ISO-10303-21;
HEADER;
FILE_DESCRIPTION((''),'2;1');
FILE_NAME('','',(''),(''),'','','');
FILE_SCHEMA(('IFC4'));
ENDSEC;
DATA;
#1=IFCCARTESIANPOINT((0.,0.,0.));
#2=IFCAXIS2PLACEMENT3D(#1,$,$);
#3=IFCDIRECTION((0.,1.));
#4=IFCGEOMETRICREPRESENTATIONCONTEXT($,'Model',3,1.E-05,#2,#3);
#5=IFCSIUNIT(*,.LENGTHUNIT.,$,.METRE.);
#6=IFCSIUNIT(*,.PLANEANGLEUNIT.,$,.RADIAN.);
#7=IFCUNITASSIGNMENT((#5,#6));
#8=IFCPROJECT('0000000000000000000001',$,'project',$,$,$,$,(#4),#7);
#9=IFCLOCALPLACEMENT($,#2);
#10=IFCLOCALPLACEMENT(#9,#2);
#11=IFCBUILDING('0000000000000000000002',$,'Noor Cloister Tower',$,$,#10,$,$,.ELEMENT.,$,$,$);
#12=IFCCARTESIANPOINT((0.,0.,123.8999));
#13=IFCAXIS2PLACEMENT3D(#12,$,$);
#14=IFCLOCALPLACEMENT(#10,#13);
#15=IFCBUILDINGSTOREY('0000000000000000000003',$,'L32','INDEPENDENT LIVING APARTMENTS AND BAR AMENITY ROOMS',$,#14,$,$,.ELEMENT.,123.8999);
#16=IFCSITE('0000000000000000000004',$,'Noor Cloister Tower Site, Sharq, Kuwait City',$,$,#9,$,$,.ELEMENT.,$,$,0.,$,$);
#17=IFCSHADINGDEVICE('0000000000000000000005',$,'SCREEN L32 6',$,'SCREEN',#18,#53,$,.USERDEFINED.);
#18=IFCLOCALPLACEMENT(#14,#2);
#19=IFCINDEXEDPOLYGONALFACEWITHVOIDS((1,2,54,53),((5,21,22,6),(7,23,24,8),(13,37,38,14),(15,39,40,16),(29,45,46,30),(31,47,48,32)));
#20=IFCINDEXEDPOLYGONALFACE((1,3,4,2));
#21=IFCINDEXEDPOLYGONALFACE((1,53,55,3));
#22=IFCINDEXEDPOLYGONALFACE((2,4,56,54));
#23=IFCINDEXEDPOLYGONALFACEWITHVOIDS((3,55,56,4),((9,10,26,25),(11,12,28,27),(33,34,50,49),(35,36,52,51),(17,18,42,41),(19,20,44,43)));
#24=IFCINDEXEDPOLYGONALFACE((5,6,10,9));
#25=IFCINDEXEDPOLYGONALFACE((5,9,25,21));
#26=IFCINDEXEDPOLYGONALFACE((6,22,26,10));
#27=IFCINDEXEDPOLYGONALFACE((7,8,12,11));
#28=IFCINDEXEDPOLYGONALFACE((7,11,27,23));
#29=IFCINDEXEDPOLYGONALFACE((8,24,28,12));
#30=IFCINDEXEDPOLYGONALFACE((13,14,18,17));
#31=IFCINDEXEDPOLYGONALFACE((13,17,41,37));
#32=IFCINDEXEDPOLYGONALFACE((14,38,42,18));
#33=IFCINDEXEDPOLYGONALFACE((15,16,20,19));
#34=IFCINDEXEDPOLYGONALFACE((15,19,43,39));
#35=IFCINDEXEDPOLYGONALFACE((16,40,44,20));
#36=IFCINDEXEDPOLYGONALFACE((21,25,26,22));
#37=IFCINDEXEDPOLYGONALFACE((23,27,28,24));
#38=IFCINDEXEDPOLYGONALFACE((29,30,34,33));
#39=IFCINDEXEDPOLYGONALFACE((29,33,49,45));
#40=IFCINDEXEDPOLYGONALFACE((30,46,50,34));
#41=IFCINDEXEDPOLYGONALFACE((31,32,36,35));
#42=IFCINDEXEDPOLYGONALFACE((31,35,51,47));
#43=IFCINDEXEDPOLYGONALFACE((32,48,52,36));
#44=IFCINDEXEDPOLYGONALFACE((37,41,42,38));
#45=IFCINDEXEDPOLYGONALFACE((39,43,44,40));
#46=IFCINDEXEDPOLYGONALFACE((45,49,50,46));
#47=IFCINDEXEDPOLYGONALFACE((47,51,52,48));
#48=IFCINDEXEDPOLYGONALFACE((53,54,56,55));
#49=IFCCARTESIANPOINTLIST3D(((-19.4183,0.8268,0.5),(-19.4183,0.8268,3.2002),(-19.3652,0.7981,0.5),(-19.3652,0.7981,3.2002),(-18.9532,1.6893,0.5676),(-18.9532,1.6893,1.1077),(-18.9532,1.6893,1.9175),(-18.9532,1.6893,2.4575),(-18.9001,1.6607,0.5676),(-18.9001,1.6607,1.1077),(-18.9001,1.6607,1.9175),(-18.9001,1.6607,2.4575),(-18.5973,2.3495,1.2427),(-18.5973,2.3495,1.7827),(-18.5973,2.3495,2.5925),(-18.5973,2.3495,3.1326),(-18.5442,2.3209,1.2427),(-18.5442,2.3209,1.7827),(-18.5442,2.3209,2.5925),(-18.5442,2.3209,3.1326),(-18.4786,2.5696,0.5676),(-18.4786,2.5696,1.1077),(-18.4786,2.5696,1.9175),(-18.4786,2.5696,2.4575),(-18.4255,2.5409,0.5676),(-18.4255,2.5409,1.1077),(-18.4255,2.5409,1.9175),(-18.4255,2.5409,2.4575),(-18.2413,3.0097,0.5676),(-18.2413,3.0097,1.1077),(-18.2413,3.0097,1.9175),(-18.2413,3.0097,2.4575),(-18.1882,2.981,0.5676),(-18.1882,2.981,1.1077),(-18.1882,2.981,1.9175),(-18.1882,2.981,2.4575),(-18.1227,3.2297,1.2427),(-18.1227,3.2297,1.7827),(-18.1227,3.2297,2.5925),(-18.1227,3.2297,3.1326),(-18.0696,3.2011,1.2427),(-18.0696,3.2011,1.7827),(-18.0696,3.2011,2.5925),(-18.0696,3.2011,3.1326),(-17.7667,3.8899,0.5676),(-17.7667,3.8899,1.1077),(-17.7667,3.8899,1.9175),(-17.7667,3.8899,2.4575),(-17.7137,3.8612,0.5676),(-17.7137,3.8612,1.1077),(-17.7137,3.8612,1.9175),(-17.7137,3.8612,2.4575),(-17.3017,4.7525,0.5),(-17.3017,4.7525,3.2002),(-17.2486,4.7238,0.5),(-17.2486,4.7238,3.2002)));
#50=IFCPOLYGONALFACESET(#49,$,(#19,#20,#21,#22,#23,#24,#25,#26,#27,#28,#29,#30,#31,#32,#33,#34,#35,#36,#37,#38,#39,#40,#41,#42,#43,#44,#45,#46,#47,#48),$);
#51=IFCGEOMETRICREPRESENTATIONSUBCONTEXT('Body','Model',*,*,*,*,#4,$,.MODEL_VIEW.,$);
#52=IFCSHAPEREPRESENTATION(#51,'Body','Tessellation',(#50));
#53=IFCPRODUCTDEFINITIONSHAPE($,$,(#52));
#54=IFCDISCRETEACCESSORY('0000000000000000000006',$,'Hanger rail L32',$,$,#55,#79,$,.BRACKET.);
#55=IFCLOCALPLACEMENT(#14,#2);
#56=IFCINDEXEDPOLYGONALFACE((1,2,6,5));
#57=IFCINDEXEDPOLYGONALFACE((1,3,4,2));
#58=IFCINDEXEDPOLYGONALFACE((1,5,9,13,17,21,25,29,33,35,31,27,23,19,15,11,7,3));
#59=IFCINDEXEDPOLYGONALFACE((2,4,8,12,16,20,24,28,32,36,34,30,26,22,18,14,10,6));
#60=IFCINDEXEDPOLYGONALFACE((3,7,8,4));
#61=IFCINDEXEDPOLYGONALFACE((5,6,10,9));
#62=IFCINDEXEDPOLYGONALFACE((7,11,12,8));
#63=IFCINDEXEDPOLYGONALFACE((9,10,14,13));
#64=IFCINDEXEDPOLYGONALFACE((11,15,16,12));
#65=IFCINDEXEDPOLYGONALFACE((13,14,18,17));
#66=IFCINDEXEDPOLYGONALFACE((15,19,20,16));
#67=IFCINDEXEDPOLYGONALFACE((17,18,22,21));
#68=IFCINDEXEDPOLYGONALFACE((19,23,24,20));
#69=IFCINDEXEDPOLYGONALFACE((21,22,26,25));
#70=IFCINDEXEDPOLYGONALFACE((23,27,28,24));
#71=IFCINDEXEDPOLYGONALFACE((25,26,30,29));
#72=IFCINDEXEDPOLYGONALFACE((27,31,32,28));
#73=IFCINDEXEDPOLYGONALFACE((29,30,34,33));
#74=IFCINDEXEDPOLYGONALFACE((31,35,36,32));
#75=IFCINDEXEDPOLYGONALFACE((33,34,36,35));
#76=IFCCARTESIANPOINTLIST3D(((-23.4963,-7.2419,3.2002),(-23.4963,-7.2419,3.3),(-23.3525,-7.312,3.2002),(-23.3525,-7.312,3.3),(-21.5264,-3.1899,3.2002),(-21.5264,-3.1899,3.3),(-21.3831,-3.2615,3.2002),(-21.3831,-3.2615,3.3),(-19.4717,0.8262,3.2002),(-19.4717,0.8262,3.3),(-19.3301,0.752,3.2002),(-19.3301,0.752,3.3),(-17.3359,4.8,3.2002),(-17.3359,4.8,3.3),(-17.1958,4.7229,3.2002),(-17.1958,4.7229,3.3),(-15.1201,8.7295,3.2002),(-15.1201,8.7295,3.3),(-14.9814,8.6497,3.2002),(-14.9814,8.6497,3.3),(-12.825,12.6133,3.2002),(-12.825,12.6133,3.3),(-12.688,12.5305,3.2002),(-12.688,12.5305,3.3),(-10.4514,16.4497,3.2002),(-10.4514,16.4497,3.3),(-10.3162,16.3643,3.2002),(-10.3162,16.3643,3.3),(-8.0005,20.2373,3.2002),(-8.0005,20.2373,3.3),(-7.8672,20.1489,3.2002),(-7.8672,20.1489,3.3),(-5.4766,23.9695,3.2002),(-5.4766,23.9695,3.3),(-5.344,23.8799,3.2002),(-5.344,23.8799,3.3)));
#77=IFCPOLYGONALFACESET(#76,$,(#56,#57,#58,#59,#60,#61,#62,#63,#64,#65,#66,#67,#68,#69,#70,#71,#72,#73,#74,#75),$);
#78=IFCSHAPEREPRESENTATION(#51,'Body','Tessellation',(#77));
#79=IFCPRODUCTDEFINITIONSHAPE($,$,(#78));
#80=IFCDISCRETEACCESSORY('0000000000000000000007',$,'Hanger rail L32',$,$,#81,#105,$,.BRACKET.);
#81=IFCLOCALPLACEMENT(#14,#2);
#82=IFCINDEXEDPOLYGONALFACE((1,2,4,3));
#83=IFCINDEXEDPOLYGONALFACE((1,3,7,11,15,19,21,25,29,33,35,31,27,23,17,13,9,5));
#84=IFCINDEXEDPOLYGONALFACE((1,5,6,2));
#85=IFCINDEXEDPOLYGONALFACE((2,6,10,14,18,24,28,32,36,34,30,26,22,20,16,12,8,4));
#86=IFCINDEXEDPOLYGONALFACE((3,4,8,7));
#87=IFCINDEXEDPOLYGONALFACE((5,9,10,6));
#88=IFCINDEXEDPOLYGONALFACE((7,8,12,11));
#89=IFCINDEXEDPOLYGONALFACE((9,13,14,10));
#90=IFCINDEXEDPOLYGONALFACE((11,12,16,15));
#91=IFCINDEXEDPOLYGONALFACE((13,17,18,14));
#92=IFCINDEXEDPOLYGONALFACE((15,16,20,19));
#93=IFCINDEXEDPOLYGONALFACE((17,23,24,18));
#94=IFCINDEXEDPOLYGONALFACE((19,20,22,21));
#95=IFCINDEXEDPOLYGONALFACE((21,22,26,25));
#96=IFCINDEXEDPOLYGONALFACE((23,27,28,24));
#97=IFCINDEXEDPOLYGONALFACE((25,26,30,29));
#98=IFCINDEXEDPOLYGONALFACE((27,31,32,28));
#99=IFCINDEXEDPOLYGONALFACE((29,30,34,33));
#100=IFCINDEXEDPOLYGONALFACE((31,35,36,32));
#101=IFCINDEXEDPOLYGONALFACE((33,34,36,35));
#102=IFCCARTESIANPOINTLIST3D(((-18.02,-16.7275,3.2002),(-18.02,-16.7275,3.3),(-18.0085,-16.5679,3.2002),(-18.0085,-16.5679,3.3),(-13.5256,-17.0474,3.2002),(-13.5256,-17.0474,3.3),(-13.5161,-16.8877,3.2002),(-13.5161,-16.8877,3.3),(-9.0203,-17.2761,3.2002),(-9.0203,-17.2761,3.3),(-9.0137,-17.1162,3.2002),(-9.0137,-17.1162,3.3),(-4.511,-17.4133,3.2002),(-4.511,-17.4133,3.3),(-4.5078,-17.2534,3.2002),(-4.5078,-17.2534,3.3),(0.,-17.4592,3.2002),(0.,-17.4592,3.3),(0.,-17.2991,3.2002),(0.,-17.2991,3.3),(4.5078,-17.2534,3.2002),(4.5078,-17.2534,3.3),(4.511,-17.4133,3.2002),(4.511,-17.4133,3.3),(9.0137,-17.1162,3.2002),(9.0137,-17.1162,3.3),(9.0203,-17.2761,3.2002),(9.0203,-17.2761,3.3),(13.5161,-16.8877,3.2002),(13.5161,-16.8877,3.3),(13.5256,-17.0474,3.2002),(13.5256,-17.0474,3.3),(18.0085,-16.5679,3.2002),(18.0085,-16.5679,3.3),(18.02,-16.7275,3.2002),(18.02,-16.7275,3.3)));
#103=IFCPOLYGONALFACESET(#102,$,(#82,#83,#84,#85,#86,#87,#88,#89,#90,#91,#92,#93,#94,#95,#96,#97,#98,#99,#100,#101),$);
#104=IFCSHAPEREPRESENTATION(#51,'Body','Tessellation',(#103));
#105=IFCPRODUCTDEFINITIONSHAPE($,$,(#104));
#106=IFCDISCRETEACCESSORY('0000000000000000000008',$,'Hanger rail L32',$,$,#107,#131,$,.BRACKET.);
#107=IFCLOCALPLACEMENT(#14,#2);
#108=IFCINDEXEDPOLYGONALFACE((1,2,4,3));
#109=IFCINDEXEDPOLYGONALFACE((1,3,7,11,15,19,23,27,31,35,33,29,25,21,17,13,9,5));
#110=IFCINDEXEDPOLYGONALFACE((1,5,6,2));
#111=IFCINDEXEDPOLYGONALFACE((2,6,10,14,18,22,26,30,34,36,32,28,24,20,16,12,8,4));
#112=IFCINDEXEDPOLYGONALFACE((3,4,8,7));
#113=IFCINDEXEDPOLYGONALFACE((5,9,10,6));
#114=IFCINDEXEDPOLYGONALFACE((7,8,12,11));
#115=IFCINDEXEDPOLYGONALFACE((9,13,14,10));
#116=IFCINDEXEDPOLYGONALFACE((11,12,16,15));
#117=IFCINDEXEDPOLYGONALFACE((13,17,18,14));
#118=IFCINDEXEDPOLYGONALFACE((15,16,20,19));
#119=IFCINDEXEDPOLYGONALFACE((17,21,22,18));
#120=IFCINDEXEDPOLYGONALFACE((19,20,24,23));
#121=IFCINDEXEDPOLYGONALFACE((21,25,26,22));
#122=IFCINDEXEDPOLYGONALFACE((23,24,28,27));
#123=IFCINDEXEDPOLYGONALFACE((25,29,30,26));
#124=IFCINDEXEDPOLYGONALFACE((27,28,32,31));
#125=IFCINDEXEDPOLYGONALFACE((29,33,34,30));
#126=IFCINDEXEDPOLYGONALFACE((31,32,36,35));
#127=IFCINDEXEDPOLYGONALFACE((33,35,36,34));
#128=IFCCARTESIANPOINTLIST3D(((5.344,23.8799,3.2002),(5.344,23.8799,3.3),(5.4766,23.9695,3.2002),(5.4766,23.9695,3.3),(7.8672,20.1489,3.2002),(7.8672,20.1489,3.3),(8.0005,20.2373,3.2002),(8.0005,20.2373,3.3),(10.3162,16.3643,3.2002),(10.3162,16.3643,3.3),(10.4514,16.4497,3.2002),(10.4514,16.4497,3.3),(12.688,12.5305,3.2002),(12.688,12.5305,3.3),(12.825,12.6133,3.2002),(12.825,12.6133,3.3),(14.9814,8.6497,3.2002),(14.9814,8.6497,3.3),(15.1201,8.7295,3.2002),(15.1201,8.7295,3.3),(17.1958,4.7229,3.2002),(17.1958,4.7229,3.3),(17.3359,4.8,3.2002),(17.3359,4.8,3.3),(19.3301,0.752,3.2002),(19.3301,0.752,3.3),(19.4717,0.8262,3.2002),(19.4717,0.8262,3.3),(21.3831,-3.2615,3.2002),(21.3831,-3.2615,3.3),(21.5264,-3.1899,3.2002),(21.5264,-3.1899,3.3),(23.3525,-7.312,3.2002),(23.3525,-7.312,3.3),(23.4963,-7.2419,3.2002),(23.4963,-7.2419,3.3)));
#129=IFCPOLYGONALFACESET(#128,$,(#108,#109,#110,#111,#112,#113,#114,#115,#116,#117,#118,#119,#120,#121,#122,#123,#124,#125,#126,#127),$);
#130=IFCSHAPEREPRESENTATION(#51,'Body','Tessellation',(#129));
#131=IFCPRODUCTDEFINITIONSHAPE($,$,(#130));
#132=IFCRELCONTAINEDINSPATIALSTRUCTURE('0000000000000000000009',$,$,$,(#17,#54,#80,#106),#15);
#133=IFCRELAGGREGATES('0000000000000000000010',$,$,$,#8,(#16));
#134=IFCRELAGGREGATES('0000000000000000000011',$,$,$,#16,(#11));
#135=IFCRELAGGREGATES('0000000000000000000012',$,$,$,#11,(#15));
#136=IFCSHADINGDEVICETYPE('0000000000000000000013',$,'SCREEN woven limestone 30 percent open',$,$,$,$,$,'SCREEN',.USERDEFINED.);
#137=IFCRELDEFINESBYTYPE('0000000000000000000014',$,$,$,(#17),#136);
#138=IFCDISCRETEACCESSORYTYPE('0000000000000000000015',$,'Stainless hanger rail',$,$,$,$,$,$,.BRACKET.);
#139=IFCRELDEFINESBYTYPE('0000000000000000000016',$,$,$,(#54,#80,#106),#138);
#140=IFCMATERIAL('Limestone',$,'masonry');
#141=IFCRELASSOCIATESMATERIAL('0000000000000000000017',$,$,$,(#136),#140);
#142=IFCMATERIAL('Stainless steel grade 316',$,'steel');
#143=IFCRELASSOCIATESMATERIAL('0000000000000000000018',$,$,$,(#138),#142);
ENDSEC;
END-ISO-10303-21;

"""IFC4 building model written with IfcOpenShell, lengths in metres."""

from ifc_helpers import new_model, si_unit, direction, frame, origin, place, context, subcontext, project, spatial, polyline, outline, extrude, material, material_profile, profile_set, type_object, element, save


model = new_model("IFC4")

# Units and contexts
model_context = context("Model", 3, precision=1e-05, world=origin(), true_north=direction((0.0, 1.0)))
body_context = subcontext(model_context, "Body", "Model", "MODEL_VIEW")
ifc_project = project(units=[si_unit("LENGTHUNIT", "METRE"), si_unit("PLANEANGLEUNIT", "RADIAN")], contexts=[model_context])

# Site, building, storey
site_placement = place(None, origin())
site = spatial("IfcSite", under=ifc_project, at=site_placement, Name="Noor Cloister Tower Site, Sharq, Kuwait City", CompositionType="ELEMENT", RefElevation=0.0)
building_placement = place(site_placement, origin())
building = spatial("IfcBuilding", under=site, at=building_placement, Name="Noor Cloister Tower", CompositionType="ELEMENT")
storey_placement = place(building_placement, frame((0.0, 0.0, 123.8999)))
storey = spatial("IfcBuildingStorey", under=building, at=storey_placement, Name="L32", Description="INDEPENDENT LIVING APARTMENTS AND BAR AMENITY ROOMS", CompositionType="ELEMENT", Elevation=123.8999)

# Shading device
ifc_material_1 = material(Name="Limestone", Category="masonry")
ifc_material_profile_1 = material_profile(ifc_material_1, outline(polyline([(-2.23, -1.3501), (2.23, -1.3501), (2.23, 1.3501), (-2.23, 1.3501), (-2.23, -1.3501)]), holes=[polyline([(-1.25, -1.2825), (-0.25, -1.2825), (-0.25, -0.7424), (-1.25, -0.7424), (-1.25, -1.2825)]), polyline([(0.25, -1.2825), (1.25, -1.2825), (1.25, -0.7424), (0.25, -0.7424), (0.25, -1.2825)]), polyline([(-0.5, -0.6074), (0.5, -0.6074), (0.5, -0.0674), (-0.5, -0.0674), (-0.5, -0.6074)]), polyline([(-1.25, 0.0674), (-0.25, 0.0674), (-0.25, 0.6074), (-1.25, 0.6074), (-1.25, 0.0674)]), polyline([(0.25, 0.0674), (1.25, 0.0674), (1.25, 0.6074), (0.25, 0.6074), (0.25, 0.0674)]), polyline([(-0.5, 0.7424), (0.5, 0.7424), (0.5, 1.2825), (-0.5, 1.2825), (-0.5, 0.7424)])]), Name="Woven screen 30 percent open")
ifc_profile_set_1 = profile_set([ifc_material_profile_1], Name="Limestone")
shading_device_type = type_object("IfcShadingDeviceType", Name="SCREEN woven limestone 30 percent open", ElementType="SCREEN", PredefinedType="USERDEFINED", material=ifc_profile_set_1)
shading_device_1_placement = place(storey_placement, frame((-18.3069, 2.761, 1.8501), z_axis=(-0.88021, 0.474584, 0.0), x_axis=(-0.474584, -0.88021, 0.0)))
element("IfcShadingDevice", 1, at=shading_device_1_placement, inside=storey, type_object=shading_device_type, Name="SCREEN L32 6", ObjectType="SCREEN", PredefinedType="USERDEFINED", context=body_context, shape_type="SweptSolid", body=[
    extrude(outline(polyline([(-2.23, -1.3501), (2.23, -1.3501), (2.23, 1.3501), (-2.23, 1.3501), (-2.23, -1.3501)]), holes=[polyline([(-1.25, -1.2825), (-0.25, -1.2825), (-0.25, -0.7424), (-1.25, -0.7424), (-1.25, -1.2825)]), polyline([(0.25, -1.2825), (1.25, -1.2825), (1.25, -0.7424), (0.25, -0.7424), (0.25, -1.2825)]), polyline([(-0.5, -0.6074), (0.5, -0.6074), (0.5, -0.0674), (-0.5, -0.0674), (-0.5, -0.6074)]), polyline([(-1.25, 0.0674), (-0.25, 0.0674), (-0.25, 0.6074), (-1.25, 0.6074), (-1.25, 0.0674)]), polyline([(0.25, 0.0674), (1.25, 0.0674), (1.25, 0.6074), (0.25, 0.6074), (0.25, 0.0674)]), polyline([(-0.5, 0.7424), (0.5, 0.7424), (0.5, 1.2825), (-0.5, 1.2825), (-0.5, 0.7424)])]), origin(), (0.0, 0.0, 1.0), 0.0603),
])

# Discrete accessories
ifc_material_2 = material(Name="Stainless steel grade 316", Category="steel")
discrete_accessory_type = type_object("IfcDiscreteAccessoryType", Name="Stainless hanger rail", PredefinedType="BRACKET", material=ifc_material_2)
discrete_accessory_1_placement = place(storey_placement, frame((0.0, 0.0, 3.2002)))
element("IfcDiscreteAccessory", 2, at=discrete_accessory_1_placement, inside=storey, type_object=discrete_accessory_type, Name="Hanger rail L32", PredefinedType="BRACKET", context=body_context, shape_type="SweptSolid", body=[
    extrude(outline(polyline([(-5.4766, 23.9695), (-8.0005, 20.2373), (-10.4514, 16.4497), (-12.825, 12.6133), (-15.1201, 8.7295), (-17.3359, 4.8), (-19.4717, 0.8262), (-21.5264, -3.1899), (-23.4963, -7.2419), (-23.3525, -7.312), (-21.3831, -3.2615), (-19.3301, 0.752), (-17.1958, 4.7229), (-14.9814, 8.6497), (-12.688, 12.5305), (-10.3162, 16.3643), (-7.8672, 20.1489), (-5.344, 23.8799), (-5.4766, 23.9695)])), origin(), (0.0, 0.0, 1.0), 0.0999),
])
discrete_accessory_2_placement = place(storey_placement, frame((0.0, 0.0, 3.2002)))
element("IfcDiscreteAccessory", 3, at=discrete_accessory_2_placement, inside=storey, type_object=discrete_accessory_type, Name="Hanger rail L32", PredefinedType="BRACKET", context=body_context, shape_type="SweptSolid", body=[
    extrude(outline(polyline([(-18.02, -16.7275), (-13.5256, -17.0474), (-9.0203, -17.2761), (-4.511, -17.4133), (0.0, -17.4592), (4.511, -17.4133), (9.0203, -17.2761), (13.5256, -17.0474), (18.02, -16.7275), (18.0085, -16.5679), (13.5161, -16.8877), (9.0137, -17.1162), (4.5078, -17.2534), (0.0, -17.2991), (-4.5078, -17.2534), (-9.0137, -17.1162), (-13.5161, -16.8877), (-18.0085, -16.5679), (-18.02, -16.7275)])), origin(), (0.0, 0.0, 1.0), 0.0999),
])
discrete_accessory_3_placement = place(storey_placement, frame((0.0, 0.0, 3.2002)))
element("IfcDiscreteAccessory", 4, at=discrete_accessory_3_placement, inside=storey, type_object=discrete_accessory_type, Name="Hanger rail L32", PredefinedType="BRACKET", context=body_context, shape_type="SweptSolid", body=[
    extrude(outline(polyline([(23.4963, -7.2419), (21.5264, -3.1899), (19.4717, 0.8262), (17.3359, 4.8), (15.1201, 8.7295), (12.825, 12.6133), (10.4514, 16.4497), (8.0005, 20.2373), (5.4766, 23.9695), (5.344, 23.8799), (7.8672, 20.1489), (10.3162, 16.3643), (12.688, 12.5305), (14.9814, 8.6497), (17.1958, 4.7229), (19.3301, 0.752), (21.3831, -3.2615), (23.3525, -7.312), (23.4963, -7.2419)])), origin(), (0.0, 0.0, 1.0), 0.0999),
])

save(model, "model.ifc")
